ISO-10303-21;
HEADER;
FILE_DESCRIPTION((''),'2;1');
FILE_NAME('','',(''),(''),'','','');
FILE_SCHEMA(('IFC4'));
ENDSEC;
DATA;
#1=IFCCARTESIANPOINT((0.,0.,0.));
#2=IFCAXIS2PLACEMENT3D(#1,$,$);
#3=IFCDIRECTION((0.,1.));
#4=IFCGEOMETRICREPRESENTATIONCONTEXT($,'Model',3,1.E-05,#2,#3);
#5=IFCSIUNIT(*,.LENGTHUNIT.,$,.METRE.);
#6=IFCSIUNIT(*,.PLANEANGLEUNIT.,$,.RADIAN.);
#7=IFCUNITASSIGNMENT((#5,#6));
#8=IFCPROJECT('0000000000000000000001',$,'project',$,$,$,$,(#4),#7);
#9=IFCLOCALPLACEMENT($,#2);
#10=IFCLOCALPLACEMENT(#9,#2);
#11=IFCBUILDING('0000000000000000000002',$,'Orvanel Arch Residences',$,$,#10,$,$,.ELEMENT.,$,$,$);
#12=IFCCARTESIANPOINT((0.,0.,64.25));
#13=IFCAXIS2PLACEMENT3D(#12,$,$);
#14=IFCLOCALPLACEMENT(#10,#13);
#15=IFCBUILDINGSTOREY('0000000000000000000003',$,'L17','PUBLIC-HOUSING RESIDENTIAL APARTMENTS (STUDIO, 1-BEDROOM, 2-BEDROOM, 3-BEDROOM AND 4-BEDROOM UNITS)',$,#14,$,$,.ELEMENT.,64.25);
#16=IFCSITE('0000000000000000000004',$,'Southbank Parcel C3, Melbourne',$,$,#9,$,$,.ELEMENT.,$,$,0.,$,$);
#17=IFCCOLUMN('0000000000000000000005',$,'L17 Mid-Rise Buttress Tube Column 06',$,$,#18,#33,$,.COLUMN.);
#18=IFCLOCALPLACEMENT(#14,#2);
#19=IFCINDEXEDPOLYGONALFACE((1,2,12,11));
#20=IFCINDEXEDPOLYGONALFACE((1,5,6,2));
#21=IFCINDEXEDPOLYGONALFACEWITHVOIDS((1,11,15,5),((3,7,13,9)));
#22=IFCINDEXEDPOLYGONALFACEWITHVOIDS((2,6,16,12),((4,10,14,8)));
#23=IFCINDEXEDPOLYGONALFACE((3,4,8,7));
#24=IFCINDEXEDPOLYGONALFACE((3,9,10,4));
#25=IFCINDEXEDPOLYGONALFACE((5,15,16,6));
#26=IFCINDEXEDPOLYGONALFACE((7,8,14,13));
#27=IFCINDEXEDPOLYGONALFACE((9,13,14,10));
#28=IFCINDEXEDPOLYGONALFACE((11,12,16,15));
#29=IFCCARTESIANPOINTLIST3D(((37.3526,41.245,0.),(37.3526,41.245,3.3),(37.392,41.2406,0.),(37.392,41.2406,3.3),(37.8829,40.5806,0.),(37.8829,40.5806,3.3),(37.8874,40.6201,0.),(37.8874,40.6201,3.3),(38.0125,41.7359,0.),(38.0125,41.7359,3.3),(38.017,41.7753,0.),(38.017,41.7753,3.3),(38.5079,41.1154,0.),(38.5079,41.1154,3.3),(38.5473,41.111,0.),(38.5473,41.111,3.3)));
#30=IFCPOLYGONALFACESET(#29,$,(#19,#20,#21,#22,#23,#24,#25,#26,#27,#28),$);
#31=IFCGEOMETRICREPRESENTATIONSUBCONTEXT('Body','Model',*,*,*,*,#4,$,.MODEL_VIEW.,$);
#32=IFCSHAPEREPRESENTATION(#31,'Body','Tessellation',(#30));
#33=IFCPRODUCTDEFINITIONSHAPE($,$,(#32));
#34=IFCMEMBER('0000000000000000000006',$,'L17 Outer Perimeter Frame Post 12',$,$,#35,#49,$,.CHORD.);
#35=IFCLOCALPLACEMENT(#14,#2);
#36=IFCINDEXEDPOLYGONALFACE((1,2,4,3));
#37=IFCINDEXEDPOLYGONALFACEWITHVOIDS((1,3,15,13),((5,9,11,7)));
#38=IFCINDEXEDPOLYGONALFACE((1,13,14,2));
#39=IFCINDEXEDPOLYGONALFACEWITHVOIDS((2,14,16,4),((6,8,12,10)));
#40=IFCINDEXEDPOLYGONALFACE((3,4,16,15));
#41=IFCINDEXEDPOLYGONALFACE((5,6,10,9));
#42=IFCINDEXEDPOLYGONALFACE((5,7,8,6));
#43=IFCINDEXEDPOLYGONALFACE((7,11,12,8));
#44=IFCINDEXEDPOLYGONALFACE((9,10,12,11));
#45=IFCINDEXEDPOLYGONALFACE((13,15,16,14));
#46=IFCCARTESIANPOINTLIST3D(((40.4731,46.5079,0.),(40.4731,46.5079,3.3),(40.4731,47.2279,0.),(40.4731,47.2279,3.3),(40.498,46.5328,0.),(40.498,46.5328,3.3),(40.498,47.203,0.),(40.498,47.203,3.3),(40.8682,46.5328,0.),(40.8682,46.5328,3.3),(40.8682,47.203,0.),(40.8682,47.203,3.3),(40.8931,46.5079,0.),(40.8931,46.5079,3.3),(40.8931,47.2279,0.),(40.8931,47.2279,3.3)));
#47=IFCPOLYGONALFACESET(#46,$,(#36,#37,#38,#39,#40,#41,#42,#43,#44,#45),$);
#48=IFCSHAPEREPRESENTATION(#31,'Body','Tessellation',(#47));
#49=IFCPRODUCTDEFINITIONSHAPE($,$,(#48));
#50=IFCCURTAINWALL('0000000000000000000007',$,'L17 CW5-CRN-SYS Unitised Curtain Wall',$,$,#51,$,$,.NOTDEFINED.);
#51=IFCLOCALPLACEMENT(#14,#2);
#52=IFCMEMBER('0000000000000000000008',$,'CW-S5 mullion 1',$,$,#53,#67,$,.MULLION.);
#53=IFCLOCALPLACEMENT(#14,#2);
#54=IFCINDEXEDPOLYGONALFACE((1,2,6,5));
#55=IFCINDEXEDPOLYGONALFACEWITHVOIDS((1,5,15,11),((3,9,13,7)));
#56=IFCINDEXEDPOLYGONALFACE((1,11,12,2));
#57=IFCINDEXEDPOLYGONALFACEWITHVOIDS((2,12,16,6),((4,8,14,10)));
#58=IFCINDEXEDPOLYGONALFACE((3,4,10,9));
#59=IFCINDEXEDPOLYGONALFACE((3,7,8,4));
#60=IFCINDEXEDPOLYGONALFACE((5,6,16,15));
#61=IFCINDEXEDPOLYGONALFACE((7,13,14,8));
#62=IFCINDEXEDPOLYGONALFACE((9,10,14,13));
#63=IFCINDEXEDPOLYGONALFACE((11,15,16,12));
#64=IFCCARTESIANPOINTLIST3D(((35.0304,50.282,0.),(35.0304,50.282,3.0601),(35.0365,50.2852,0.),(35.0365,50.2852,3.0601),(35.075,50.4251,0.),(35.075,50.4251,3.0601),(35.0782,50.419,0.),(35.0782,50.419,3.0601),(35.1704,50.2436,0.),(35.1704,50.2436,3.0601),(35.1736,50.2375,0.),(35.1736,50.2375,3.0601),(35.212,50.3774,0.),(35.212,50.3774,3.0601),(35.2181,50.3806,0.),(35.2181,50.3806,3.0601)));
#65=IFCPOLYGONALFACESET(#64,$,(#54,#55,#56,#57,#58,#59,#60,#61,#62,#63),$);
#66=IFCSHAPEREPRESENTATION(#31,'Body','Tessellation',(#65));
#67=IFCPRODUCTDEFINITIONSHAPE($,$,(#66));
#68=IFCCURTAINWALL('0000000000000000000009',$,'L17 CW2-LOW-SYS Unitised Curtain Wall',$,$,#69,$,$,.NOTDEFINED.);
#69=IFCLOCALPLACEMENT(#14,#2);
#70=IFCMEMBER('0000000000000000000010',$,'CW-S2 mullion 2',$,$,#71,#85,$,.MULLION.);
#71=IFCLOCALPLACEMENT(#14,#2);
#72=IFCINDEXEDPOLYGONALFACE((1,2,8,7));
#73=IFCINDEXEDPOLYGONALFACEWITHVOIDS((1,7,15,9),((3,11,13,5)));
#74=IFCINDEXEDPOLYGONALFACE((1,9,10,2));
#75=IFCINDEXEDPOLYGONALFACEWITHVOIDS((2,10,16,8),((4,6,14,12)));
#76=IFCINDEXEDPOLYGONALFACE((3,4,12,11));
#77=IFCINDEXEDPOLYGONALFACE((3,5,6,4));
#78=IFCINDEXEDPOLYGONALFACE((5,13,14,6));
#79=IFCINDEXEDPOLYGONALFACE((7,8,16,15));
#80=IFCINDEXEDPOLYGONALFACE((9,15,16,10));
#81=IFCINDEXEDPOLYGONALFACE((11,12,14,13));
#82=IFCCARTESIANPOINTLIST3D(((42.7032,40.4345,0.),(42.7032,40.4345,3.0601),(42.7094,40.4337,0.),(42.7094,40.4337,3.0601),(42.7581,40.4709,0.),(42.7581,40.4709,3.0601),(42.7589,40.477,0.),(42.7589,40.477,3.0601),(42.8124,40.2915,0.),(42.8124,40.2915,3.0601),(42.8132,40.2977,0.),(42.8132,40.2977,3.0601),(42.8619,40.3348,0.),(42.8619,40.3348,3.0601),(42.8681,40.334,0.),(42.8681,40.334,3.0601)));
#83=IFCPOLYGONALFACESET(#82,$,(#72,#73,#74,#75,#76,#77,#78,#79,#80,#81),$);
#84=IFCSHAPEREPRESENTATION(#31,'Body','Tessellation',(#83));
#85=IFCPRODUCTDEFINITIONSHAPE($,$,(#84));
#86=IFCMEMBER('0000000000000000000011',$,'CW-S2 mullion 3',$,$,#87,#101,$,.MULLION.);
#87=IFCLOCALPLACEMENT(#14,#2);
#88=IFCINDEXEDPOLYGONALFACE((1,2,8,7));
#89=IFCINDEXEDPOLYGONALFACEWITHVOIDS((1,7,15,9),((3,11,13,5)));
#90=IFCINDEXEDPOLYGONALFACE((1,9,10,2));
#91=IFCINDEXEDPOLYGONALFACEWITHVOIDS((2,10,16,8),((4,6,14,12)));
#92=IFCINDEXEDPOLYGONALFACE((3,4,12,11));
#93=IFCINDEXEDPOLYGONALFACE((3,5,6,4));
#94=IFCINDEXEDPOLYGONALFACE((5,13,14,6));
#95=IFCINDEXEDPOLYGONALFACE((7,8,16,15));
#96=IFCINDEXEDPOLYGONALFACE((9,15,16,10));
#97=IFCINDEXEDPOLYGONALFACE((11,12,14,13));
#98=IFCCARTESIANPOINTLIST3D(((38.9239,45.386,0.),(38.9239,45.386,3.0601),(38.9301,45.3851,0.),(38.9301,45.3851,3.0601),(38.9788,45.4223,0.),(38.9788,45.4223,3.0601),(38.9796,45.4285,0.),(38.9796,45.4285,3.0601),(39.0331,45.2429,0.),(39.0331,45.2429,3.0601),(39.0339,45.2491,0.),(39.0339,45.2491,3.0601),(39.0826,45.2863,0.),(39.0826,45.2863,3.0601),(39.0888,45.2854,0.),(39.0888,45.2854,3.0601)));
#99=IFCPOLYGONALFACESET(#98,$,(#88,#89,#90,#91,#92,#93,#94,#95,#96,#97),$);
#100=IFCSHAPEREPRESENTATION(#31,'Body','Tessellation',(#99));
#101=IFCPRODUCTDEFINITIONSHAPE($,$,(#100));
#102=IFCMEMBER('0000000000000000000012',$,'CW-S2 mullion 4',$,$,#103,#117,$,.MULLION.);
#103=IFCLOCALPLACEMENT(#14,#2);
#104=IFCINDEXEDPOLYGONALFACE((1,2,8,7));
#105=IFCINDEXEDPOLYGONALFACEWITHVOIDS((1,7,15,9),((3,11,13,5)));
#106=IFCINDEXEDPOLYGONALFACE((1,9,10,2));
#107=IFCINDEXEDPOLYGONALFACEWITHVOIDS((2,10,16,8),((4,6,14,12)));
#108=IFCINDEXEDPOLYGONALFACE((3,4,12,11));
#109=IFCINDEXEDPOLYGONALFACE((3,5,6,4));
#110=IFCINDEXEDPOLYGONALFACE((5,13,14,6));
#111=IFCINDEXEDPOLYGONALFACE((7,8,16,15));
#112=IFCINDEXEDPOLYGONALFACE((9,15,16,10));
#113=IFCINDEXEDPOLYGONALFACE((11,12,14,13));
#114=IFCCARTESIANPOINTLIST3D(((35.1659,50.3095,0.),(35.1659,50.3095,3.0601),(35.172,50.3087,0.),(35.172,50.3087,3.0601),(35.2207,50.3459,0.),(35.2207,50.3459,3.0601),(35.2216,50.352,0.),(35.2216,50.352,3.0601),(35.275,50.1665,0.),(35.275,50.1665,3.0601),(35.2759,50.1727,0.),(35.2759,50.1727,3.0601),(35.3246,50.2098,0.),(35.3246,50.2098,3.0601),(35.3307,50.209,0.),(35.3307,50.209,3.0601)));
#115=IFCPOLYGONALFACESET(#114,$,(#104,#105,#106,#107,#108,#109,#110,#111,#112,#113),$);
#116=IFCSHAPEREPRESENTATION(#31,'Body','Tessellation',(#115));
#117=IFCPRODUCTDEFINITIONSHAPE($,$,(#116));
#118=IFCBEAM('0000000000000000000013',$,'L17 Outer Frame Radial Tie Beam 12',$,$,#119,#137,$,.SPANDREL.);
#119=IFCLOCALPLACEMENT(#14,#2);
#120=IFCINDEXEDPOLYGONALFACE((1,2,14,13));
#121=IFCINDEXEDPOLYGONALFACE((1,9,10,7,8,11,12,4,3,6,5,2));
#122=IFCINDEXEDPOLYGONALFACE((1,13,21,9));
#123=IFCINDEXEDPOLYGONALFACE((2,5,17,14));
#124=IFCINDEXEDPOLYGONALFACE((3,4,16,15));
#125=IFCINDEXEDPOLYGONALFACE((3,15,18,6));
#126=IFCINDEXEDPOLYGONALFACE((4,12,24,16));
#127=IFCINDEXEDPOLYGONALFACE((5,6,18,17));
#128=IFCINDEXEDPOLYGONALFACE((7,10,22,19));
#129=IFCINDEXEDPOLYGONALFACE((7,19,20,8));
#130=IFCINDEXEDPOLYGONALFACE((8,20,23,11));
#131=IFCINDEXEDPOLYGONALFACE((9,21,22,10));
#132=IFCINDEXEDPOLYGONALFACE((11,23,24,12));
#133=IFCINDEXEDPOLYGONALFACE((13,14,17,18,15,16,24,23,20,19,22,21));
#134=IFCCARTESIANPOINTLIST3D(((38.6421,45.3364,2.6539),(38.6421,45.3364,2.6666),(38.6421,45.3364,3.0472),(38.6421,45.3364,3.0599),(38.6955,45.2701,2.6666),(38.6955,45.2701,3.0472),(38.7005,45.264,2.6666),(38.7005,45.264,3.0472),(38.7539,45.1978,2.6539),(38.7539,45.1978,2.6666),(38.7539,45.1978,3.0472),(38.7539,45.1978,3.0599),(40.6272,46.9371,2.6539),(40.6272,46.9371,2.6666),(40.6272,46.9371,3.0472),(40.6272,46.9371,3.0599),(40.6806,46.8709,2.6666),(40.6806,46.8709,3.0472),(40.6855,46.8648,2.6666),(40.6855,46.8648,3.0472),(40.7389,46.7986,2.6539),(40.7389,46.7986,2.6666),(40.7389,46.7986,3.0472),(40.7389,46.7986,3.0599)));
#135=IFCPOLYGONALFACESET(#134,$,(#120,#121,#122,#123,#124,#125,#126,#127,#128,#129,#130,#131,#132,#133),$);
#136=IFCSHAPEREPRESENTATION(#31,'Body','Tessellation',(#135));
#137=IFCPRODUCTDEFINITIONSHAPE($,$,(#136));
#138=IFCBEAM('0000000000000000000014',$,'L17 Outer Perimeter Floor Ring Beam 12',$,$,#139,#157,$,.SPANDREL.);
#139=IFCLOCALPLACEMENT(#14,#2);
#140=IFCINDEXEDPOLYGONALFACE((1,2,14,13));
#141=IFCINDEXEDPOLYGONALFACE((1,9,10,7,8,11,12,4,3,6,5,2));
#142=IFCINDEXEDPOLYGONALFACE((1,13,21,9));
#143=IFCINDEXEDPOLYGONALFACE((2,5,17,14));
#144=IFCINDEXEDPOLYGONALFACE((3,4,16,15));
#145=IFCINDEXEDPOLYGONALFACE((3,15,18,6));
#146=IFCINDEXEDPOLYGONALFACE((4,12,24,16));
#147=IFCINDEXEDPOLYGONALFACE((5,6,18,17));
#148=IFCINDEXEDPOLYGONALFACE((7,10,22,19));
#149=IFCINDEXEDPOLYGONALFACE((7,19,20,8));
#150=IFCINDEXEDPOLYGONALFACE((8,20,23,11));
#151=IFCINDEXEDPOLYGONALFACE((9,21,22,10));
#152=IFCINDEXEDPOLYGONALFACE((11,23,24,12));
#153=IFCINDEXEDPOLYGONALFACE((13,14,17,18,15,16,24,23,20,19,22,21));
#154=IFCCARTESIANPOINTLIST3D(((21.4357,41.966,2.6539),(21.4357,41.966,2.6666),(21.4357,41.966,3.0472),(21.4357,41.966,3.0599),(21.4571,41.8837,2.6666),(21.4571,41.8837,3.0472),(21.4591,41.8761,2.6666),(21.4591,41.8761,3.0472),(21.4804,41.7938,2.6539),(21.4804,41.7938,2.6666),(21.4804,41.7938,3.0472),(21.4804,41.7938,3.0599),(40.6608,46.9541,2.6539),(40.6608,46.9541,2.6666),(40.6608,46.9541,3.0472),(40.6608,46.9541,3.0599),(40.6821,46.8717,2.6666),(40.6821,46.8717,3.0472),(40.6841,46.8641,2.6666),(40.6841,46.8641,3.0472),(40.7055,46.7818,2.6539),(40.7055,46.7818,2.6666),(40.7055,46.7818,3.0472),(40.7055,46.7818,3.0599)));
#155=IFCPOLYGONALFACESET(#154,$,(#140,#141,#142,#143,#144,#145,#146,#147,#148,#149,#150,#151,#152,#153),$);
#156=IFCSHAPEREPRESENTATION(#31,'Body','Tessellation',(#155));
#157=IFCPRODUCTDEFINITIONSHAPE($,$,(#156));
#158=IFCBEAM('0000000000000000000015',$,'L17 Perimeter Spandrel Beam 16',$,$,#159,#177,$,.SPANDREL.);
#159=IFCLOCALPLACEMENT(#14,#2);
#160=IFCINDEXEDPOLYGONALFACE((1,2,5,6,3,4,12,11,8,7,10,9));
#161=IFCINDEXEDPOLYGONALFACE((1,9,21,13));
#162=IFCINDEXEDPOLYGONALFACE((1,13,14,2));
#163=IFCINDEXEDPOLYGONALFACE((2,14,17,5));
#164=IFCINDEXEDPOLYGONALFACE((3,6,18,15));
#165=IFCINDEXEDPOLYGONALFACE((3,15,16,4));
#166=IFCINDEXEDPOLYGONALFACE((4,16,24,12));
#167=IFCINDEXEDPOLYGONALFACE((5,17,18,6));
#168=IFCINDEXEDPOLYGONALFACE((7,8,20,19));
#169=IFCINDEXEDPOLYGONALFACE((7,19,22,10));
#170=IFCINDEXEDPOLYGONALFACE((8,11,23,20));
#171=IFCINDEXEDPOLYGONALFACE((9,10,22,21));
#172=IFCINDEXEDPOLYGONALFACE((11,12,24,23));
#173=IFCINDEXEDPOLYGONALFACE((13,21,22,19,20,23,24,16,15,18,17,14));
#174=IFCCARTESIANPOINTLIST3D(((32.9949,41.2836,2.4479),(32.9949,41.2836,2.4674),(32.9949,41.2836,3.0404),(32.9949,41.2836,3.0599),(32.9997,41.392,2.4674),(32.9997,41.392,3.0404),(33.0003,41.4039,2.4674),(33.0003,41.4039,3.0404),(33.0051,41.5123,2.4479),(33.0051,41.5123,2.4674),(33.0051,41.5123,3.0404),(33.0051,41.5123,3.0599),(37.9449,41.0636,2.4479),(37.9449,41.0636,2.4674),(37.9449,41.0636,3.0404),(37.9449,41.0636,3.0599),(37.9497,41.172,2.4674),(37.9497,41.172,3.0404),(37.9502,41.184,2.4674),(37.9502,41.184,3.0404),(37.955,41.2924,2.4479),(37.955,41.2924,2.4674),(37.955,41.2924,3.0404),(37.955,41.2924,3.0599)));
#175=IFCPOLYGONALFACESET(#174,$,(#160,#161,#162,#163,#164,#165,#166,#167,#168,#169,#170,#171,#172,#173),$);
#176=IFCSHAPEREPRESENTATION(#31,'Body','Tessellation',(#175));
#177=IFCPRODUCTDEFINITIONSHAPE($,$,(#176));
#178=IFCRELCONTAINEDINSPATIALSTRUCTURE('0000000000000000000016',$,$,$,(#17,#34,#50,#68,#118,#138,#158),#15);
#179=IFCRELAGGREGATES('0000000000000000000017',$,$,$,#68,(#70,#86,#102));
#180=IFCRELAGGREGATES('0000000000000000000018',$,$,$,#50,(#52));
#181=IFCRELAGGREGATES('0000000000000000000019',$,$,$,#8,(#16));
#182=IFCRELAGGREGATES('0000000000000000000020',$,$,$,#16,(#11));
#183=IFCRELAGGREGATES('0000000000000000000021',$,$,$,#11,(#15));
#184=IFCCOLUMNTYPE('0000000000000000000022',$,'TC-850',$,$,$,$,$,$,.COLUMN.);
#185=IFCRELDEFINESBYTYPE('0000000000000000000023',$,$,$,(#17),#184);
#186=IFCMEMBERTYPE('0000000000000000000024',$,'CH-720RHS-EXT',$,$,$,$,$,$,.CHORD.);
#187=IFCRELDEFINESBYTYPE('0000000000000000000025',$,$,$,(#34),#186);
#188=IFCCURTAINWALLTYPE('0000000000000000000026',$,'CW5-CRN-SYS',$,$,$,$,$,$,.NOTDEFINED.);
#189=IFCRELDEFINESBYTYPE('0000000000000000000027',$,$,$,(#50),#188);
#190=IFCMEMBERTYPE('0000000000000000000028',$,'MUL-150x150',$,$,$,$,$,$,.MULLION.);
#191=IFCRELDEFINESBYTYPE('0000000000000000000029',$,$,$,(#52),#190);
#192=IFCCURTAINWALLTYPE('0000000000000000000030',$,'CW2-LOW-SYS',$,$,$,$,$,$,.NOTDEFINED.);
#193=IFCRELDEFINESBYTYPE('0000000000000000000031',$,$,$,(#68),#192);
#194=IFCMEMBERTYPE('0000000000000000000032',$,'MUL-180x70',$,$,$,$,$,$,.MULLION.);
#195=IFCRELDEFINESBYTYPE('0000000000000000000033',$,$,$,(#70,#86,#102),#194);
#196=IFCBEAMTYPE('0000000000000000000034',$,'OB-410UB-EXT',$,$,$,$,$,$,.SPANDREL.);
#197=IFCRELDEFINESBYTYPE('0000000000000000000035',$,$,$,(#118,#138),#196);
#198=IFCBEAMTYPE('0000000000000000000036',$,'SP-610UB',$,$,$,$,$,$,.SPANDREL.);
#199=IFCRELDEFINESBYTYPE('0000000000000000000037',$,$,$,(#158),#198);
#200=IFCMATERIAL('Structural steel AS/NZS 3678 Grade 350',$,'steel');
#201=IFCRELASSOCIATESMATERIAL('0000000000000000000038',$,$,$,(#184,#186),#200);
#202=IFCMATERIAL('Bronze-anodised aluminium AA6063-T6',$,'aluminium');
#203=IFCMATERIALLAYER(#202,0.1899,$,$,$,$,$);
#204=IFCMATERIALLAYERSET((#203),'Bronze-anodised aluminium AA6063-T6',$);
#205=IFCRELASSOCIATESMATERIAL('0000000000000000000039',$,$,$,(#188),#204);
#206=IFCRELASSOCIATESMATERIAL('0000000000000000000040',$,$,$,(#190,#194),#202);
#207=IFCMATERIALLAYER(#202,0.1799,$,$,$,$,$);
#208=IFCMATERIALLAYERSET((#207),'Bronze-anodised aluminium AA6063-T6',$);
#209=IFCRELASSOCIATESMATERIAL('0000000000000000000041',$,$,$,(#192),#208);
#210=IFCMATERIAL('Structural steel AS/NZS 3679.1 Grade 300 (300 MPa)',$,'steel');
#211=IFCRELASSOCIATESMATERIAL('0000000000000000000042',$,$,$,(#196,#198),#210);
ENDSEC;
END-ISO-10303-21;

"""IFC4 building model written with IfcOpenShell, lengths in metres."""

from ifc_helpers import new_model, si_unit, direction, frame, origin, origin_2d, place, context, subcontext, project, spatial, hollow_rectangle, i_section, extrude, material, layer, layer_set, material_profile, profile_set, type_object, element, aggregate, save


model = new_model("IFC4")

# Units and contexts
model_context = context("Model", 3, precision=1e-05, world=origin(), true_north=direction((0.0, 1.0)))
body_context = subcontext(model_context, "Body", "Model", "MODEL_VIEW")
ifc_project = project(units=[si_unit("LENGTHUNIT", "METRE"), si_unit("PLANEANGLEUNIT", "RADIAN")], contexts=[model_context])

# Site, building, storey
site_placement = place(None, origin())
site = spatial("IfcSite", under=ifc_project, at=site_placement, Name="Southbank Parcel C3, Melbourne", CompositionType="ELEMENT", RefElevation=0.0)
building_placement = place(site_placement, origin())
building = spatial("IfcBuilding", under=site, at=building_placement, Name="Orvanel Arch Residences", CompositionType="ELEMENT")
storey_placement = place(building_placement, frame((0.0, 0.0, 64.25)))
storey = spatial("IfcBuildingStorey", under=building, at=storey_placement, Name="L17", Description="PUBLIC-HOUSING RESIDENTIAL APARTMENTS (STUDIO, 1-BEDROOM, 2-BEDROOM, 3-BEDROOM AND 4-BEDROOM UNITS)", CompositionType="ELEMENT", Elevation=64.25)

# Column
ifc_material_1 = material(Name="Structural steel AS/NZS 3678 Grade 350", Category="steel")
ifc_material_profile_1 = material_profile(ifc_material_1, hollow_rectangle(XDim=0.8501, YDim=0.8501, WallThickness=0.0281, at=origin_2d()), Name="BOX850x850x28")
ifc_profile_set_1 = profile_set([ifc_material_profile_1], Name="Structural steel AS/NZS 3678 Grade 350")
column_type = type_object("IfcColumnType", Name="TC-850", PredefinedType="COLUMN", material=ifc_profile_set_1)
column_placement = place(storey_placement, frame((37.95, 41.178, 0.0), z_axis=(0.0, 0.0, 1.0), x_axis=(-0.62388, 0.78152, 0.0)))
element("IfcColumn", 1, at=column_placement, inside=storey, type_object=column_type, Name="L17 Mid-Rise Buttress Tube Column 06", PredefinedType="COLUMN", context=body_context, shape_type="SweptSolid", body=[
    extrude(hollow_rectangle(XDim=0.8501, YDim=0.8501, WallThickness=0.0281, at=origin_2d()), origin(), (0.0, 0.0, 1.0), 3.3),
])

# Member
ifc_material_profile_2 = material_profile(ifc_material_1, hollow_rectangle(XDim=0.4199, YDim=0.72, WallThickness=0.0249, at=origin_2d()), Name="RHS720x420x25")
ifc_profile_set_2 = profile_set([ifc_material_profile_2], Name="Structural steel AS/NZS 3678 Grade 350")
member_type_1 = type_object("IfcMemberType", Name="CH-720RHS-EXT", PredefinedType="CHORD", material=ifc_profile_set_2)
member_1_placement = place(storey_placement, frame((40.6831, 46.8679, 0.0), z_axis=(0.0, 0.0, 1.0), x_axis=(1.0, 0.0, 0.0)))
element("IfcMember", 2, at=member_1_placement, inside=storey, type_object=member_type_1, Name="L17 Outer Perimeter Frame Post 12", PredefinedType="CHORD", context=body_context, shape_type="SweptSolid", body=[
    extrude(hollow_rectangle(XDim=0.4199, YDim=0.72, WallThickness=0.0249, at=origin_2d()), origin(), (0.0, 0.0, 1.0), 3.3),
])

# Curtain wall, member
ifc_material_2 = material(Name="Bronze-anodised aluminium AA6063-T6", Category="aluminium")
ifc_layer_1 = layer(ifc_material_2, 0.1899)
ifc_layer_set_1 = layer_set([ifc_layer_1], Name="Bronze-anodised aluminium AA6063-T6")
curtain_wall_type_1 = type_object("IfcCurtainWallType", Name="CW5-CRN-SYS", PredefinedType="NOTDEFINED", material=ifc_layer_set_1)
curtain_wall_1_placement = place(storey_placement, origin())
curtain_wall_1 = element("IfcCurtainWall", 3, at=curtain_wall_1_placement, inside=storey, type_object=curtain_wall_type_1, Name="L17 CW5-CRN-SYS Unitised Curtain Wall", PredefinedType="NOTDEFINED")
ifc_material_profile_3 = material_profile(ifc_material_2, hollow_rectangle(XDim=0.1499, YDim=0.1499, WallThickness=0.0049, at=origin_2d()), Name="ALU150x150x5")
ifc_profile_set_3 = profile_set([ifc_material_profile_3], Name="Bronze-anodised aluminium AA6063-T6")
member_type_2 = type_object("IfcMemberType", Name="MUL-150x150", PredefinedType="MULLION", material=ifc_profile_set_3)
member_2_placement = place(storey_placement, frame((35.1243, 50.3313, 0.0), z_axis=(0.0, 0.0, 1.0), x_axis=(-0.2971, -0.954846, 0.0)))
member_2 = element("IfcMember", 4, at=member_2_placement, type_object=member_type_2, Name="CW-S5 mullion 1", PredefinedType="MULLION", context=body_context, shape_type="SweptSolid", body=[
    extrude(hollow_rectangle(XDim=0.1499, YDim=0.1499, WallThickness=0.0049, at=origin_2d()), origin(), (0.0, 0.0, 1.0), 3.0601),
])

# Curtain wall, members
ifc_layer_2 = layer(ifc_material_2, 0.1799)
ifc_layer_set_2 = layer_set([ifc_layer_2], Name="Bronze-anodised aluminium AA6063-T6")
curtain_wall_type_2 = type_object("IfcCurtainWallType", Name="CW2-LOW-SYS", PredefinedType="NOTDEFINED", material=ifc_layer_set_2)
curtain_wall_2_placement = place(storey_placement, origin())
curtain_wall_2 = element("IfcCurtainWall", 5, at=curtain_wall_2_placement, inside=storey, type_object=curtain_wall_type_2, Name="L17 CW2-LOW-SYS Unitised Curtain Wall", PredefinedType="NOTDEFINED")
ifc_material_profile_4 = material_profile(ifc_material_2, hollow_rectangle(XDim=0.0701, YDim=0.1799, WallThickness=0.0044, at=origin_2d()), Name="ALU180x70x4.5")
ifc_profile_set_4 = profile_set([ifc_material_profile_4], Name="Bronze-anodised aluminium AA6063-T6")
member_type_3 = type_object("IfcMemberType", Name="MUL-180x70", PredefinedType="MULLION", material=ifc_profile_set_4)
member_3_placement = place(storey_placement, frame((42.7856, 40.3843, 0.0), z_axis=(0.0, 0.0, 1.0), x_axis=(-0.794898, -0.606743, 0.0)))
member_3 = element("IfcMember", 6, at=member_3_placement, type_object=member_type_3, Name="CW-S2 mullion 2", PredefinedType="MULLION", context=body_context, shape_type="SweptSolid", body=[
    extrude(hollow_rectangle(XDim=0.0701, YDim=0.1799, WallThickness=0.0044, at=origin_2d()), origin(), (0.0, 0.0, 1.0), 3.0601),
])
member_4_placement = place(storey_placement, frame((39.0063, 45.3357, 0.0), z_axis=(0.0, 0.0, 1.0), x_axis=(-0.794898, -0.606743, 0.0)))
member_4 = element("IfcMember", 7, at=member_4_placement, type_object=member_type_3, Name="CW-S2 mullion 3", PredefinedType="MULLION", context=body_context, shape_type="SweptSolid", body=[
    extrude(hollow_rectangle(XDim=0.0701, YDim=0.1799, WallThickness=0.0044, at=origin_2d()), origin(), (0.0, 0.0, 1.0), 3.0601),
])
member_5_placement = place(storey_placement, frame((35.2483, 50.2593, 0.0), z_axis=(0.0, 0.0, 1.0), x_axis=(-0.794898, -0.606743, 0.0)))
member_5 = element("IfcMember", 8, at=member_5_placement, type_object=member_type_3, Name="CW-S2 mullion 4", PredefinedType="MULLION", context=body_context, shape_type="SweptSolid", body=[
    extrude(hollow_rectangle(XDim=0.0701, YDim=0.1799, WallThickness=0.0044, at=origin_2d()), origin(), (0.0, 0.0, 1.0), 3.0601),
])

# Beams
ifc_material_3 = material(Name="Structural steel AS/NZS 3679.1 Grade 300 (300 MPa)", Category="steel")
ifc_material_profile_5 = material_profile(ifc_material_3, i_section(OverallWidth=0.178, OverallDepth=0.406, WebThickness=0.0078, FlangeThickness=0.0127, at=origin_2d()), Name="410UB59.7")
ifc_profile_set_5 = profile_set([ifc_material_profile_5], Name="Structural steel AS/NZS 3679.1 Grade 300 (300 MPa)")
beam_type_1 = type_object("IfcBeamType", Name="OB-410UB-EXT", PredefinedType="SPANDREL", material=ifc_profile_set_5)
beam_1_placement = place(storey_placement, frame((38.698, 45.2671, 2.8569), z_axis=(0.778425, 0.627737, 0.0), x_axis=(-0.627737, 0.778425, 0.0)))
element("IfcBeam", 9, at=beam_1_placement, inside=storey, type_object=beam_type_1, Name="L17 Outer Frame Radial Tie Beam 12", PredefinedType="SPANDREL", context=body_context, shape_type="SweptSolid", body=[
    extrude(i_section(OverallWidth=0.178, OverallDepth=0.406, WebThickness=0.0078, FlangeThickness=0.0127, at=origin_2d()), origin(), (0.0, 0.0, 1.0), 2.55),
])
beam_2_placement = place(storey_placement, frame((40.6831, 46.8679, 2.8569), z_axis=(-0.967951, -0.251139, 0.0), x_axis=(0.251139, -0.967951, 0.0)))
element("IfcBeam", 10, at=beam_2_placement, inside=storey, type_object=beam_type_1, Name="L17 Outer Perimeter Floor Ring Beam 12", PredefinedType="SPANDREL", context=body_context, shape_type="SweptSolid", body=[
    extrude(i_section(OverallWidth=0.178, OverallDepth=0.406, WebThickness=0.0078, FlangeThickness=0.0127, at=origin_2d()), origin(), (0.0, 0.0, 1.0), 19.8616),
])
ifc_material_profile_6 = material_profile(ifc_material_3, i_section(OverallWidth=0.229, OverallDepth=0.6121, WebThickness=0.012, FlangeThickness=0.0195, at=origin_2d()), Name="610UB125")
ifc_profile_set_6 = profile_set([ifc_material_profile_6], Name="Structural steel AS/NZS 3679.1 Grade 300 (300 MPa)")
beam_type_2 = type_object("IfcBeamType", Name="SP-610UB", PredefinedType="SPANDREL", material=ifc_profile_set_6)
for number, where, z_axis, x_axis, name in (
    (11, (37.95, 41.178, 2.7539), (-0.999014, 0.044395, 0.0), (-0.044395, -0.999014, 0.0), "L17 Perimeter Spandrel Beam 16"),
):
    element("IfcBeam", number, at=place(storey_placement, frame(where, z_axis=z_axis, x_axis=x_axis)), inside=storey, type_object=beam_type_2, Name=name, PredefinedType="SPANDREL", context=body_context, shape_type="SweptSolid", body=[
        extrude(i_section(OverallWidth=0.229, OverallDepth=0.6121, WebThickness=0.012, FlangeThickness=0.0195, at=origin_2d()), origin(), (0.0, 0.0, 1.0), 4.9548),
    ])

aggregate(curtain_wall_2, [member_3, member_4, member_5])
aggregate(curtain_wall_1, [member_2])

save(model, "model.ifc")
